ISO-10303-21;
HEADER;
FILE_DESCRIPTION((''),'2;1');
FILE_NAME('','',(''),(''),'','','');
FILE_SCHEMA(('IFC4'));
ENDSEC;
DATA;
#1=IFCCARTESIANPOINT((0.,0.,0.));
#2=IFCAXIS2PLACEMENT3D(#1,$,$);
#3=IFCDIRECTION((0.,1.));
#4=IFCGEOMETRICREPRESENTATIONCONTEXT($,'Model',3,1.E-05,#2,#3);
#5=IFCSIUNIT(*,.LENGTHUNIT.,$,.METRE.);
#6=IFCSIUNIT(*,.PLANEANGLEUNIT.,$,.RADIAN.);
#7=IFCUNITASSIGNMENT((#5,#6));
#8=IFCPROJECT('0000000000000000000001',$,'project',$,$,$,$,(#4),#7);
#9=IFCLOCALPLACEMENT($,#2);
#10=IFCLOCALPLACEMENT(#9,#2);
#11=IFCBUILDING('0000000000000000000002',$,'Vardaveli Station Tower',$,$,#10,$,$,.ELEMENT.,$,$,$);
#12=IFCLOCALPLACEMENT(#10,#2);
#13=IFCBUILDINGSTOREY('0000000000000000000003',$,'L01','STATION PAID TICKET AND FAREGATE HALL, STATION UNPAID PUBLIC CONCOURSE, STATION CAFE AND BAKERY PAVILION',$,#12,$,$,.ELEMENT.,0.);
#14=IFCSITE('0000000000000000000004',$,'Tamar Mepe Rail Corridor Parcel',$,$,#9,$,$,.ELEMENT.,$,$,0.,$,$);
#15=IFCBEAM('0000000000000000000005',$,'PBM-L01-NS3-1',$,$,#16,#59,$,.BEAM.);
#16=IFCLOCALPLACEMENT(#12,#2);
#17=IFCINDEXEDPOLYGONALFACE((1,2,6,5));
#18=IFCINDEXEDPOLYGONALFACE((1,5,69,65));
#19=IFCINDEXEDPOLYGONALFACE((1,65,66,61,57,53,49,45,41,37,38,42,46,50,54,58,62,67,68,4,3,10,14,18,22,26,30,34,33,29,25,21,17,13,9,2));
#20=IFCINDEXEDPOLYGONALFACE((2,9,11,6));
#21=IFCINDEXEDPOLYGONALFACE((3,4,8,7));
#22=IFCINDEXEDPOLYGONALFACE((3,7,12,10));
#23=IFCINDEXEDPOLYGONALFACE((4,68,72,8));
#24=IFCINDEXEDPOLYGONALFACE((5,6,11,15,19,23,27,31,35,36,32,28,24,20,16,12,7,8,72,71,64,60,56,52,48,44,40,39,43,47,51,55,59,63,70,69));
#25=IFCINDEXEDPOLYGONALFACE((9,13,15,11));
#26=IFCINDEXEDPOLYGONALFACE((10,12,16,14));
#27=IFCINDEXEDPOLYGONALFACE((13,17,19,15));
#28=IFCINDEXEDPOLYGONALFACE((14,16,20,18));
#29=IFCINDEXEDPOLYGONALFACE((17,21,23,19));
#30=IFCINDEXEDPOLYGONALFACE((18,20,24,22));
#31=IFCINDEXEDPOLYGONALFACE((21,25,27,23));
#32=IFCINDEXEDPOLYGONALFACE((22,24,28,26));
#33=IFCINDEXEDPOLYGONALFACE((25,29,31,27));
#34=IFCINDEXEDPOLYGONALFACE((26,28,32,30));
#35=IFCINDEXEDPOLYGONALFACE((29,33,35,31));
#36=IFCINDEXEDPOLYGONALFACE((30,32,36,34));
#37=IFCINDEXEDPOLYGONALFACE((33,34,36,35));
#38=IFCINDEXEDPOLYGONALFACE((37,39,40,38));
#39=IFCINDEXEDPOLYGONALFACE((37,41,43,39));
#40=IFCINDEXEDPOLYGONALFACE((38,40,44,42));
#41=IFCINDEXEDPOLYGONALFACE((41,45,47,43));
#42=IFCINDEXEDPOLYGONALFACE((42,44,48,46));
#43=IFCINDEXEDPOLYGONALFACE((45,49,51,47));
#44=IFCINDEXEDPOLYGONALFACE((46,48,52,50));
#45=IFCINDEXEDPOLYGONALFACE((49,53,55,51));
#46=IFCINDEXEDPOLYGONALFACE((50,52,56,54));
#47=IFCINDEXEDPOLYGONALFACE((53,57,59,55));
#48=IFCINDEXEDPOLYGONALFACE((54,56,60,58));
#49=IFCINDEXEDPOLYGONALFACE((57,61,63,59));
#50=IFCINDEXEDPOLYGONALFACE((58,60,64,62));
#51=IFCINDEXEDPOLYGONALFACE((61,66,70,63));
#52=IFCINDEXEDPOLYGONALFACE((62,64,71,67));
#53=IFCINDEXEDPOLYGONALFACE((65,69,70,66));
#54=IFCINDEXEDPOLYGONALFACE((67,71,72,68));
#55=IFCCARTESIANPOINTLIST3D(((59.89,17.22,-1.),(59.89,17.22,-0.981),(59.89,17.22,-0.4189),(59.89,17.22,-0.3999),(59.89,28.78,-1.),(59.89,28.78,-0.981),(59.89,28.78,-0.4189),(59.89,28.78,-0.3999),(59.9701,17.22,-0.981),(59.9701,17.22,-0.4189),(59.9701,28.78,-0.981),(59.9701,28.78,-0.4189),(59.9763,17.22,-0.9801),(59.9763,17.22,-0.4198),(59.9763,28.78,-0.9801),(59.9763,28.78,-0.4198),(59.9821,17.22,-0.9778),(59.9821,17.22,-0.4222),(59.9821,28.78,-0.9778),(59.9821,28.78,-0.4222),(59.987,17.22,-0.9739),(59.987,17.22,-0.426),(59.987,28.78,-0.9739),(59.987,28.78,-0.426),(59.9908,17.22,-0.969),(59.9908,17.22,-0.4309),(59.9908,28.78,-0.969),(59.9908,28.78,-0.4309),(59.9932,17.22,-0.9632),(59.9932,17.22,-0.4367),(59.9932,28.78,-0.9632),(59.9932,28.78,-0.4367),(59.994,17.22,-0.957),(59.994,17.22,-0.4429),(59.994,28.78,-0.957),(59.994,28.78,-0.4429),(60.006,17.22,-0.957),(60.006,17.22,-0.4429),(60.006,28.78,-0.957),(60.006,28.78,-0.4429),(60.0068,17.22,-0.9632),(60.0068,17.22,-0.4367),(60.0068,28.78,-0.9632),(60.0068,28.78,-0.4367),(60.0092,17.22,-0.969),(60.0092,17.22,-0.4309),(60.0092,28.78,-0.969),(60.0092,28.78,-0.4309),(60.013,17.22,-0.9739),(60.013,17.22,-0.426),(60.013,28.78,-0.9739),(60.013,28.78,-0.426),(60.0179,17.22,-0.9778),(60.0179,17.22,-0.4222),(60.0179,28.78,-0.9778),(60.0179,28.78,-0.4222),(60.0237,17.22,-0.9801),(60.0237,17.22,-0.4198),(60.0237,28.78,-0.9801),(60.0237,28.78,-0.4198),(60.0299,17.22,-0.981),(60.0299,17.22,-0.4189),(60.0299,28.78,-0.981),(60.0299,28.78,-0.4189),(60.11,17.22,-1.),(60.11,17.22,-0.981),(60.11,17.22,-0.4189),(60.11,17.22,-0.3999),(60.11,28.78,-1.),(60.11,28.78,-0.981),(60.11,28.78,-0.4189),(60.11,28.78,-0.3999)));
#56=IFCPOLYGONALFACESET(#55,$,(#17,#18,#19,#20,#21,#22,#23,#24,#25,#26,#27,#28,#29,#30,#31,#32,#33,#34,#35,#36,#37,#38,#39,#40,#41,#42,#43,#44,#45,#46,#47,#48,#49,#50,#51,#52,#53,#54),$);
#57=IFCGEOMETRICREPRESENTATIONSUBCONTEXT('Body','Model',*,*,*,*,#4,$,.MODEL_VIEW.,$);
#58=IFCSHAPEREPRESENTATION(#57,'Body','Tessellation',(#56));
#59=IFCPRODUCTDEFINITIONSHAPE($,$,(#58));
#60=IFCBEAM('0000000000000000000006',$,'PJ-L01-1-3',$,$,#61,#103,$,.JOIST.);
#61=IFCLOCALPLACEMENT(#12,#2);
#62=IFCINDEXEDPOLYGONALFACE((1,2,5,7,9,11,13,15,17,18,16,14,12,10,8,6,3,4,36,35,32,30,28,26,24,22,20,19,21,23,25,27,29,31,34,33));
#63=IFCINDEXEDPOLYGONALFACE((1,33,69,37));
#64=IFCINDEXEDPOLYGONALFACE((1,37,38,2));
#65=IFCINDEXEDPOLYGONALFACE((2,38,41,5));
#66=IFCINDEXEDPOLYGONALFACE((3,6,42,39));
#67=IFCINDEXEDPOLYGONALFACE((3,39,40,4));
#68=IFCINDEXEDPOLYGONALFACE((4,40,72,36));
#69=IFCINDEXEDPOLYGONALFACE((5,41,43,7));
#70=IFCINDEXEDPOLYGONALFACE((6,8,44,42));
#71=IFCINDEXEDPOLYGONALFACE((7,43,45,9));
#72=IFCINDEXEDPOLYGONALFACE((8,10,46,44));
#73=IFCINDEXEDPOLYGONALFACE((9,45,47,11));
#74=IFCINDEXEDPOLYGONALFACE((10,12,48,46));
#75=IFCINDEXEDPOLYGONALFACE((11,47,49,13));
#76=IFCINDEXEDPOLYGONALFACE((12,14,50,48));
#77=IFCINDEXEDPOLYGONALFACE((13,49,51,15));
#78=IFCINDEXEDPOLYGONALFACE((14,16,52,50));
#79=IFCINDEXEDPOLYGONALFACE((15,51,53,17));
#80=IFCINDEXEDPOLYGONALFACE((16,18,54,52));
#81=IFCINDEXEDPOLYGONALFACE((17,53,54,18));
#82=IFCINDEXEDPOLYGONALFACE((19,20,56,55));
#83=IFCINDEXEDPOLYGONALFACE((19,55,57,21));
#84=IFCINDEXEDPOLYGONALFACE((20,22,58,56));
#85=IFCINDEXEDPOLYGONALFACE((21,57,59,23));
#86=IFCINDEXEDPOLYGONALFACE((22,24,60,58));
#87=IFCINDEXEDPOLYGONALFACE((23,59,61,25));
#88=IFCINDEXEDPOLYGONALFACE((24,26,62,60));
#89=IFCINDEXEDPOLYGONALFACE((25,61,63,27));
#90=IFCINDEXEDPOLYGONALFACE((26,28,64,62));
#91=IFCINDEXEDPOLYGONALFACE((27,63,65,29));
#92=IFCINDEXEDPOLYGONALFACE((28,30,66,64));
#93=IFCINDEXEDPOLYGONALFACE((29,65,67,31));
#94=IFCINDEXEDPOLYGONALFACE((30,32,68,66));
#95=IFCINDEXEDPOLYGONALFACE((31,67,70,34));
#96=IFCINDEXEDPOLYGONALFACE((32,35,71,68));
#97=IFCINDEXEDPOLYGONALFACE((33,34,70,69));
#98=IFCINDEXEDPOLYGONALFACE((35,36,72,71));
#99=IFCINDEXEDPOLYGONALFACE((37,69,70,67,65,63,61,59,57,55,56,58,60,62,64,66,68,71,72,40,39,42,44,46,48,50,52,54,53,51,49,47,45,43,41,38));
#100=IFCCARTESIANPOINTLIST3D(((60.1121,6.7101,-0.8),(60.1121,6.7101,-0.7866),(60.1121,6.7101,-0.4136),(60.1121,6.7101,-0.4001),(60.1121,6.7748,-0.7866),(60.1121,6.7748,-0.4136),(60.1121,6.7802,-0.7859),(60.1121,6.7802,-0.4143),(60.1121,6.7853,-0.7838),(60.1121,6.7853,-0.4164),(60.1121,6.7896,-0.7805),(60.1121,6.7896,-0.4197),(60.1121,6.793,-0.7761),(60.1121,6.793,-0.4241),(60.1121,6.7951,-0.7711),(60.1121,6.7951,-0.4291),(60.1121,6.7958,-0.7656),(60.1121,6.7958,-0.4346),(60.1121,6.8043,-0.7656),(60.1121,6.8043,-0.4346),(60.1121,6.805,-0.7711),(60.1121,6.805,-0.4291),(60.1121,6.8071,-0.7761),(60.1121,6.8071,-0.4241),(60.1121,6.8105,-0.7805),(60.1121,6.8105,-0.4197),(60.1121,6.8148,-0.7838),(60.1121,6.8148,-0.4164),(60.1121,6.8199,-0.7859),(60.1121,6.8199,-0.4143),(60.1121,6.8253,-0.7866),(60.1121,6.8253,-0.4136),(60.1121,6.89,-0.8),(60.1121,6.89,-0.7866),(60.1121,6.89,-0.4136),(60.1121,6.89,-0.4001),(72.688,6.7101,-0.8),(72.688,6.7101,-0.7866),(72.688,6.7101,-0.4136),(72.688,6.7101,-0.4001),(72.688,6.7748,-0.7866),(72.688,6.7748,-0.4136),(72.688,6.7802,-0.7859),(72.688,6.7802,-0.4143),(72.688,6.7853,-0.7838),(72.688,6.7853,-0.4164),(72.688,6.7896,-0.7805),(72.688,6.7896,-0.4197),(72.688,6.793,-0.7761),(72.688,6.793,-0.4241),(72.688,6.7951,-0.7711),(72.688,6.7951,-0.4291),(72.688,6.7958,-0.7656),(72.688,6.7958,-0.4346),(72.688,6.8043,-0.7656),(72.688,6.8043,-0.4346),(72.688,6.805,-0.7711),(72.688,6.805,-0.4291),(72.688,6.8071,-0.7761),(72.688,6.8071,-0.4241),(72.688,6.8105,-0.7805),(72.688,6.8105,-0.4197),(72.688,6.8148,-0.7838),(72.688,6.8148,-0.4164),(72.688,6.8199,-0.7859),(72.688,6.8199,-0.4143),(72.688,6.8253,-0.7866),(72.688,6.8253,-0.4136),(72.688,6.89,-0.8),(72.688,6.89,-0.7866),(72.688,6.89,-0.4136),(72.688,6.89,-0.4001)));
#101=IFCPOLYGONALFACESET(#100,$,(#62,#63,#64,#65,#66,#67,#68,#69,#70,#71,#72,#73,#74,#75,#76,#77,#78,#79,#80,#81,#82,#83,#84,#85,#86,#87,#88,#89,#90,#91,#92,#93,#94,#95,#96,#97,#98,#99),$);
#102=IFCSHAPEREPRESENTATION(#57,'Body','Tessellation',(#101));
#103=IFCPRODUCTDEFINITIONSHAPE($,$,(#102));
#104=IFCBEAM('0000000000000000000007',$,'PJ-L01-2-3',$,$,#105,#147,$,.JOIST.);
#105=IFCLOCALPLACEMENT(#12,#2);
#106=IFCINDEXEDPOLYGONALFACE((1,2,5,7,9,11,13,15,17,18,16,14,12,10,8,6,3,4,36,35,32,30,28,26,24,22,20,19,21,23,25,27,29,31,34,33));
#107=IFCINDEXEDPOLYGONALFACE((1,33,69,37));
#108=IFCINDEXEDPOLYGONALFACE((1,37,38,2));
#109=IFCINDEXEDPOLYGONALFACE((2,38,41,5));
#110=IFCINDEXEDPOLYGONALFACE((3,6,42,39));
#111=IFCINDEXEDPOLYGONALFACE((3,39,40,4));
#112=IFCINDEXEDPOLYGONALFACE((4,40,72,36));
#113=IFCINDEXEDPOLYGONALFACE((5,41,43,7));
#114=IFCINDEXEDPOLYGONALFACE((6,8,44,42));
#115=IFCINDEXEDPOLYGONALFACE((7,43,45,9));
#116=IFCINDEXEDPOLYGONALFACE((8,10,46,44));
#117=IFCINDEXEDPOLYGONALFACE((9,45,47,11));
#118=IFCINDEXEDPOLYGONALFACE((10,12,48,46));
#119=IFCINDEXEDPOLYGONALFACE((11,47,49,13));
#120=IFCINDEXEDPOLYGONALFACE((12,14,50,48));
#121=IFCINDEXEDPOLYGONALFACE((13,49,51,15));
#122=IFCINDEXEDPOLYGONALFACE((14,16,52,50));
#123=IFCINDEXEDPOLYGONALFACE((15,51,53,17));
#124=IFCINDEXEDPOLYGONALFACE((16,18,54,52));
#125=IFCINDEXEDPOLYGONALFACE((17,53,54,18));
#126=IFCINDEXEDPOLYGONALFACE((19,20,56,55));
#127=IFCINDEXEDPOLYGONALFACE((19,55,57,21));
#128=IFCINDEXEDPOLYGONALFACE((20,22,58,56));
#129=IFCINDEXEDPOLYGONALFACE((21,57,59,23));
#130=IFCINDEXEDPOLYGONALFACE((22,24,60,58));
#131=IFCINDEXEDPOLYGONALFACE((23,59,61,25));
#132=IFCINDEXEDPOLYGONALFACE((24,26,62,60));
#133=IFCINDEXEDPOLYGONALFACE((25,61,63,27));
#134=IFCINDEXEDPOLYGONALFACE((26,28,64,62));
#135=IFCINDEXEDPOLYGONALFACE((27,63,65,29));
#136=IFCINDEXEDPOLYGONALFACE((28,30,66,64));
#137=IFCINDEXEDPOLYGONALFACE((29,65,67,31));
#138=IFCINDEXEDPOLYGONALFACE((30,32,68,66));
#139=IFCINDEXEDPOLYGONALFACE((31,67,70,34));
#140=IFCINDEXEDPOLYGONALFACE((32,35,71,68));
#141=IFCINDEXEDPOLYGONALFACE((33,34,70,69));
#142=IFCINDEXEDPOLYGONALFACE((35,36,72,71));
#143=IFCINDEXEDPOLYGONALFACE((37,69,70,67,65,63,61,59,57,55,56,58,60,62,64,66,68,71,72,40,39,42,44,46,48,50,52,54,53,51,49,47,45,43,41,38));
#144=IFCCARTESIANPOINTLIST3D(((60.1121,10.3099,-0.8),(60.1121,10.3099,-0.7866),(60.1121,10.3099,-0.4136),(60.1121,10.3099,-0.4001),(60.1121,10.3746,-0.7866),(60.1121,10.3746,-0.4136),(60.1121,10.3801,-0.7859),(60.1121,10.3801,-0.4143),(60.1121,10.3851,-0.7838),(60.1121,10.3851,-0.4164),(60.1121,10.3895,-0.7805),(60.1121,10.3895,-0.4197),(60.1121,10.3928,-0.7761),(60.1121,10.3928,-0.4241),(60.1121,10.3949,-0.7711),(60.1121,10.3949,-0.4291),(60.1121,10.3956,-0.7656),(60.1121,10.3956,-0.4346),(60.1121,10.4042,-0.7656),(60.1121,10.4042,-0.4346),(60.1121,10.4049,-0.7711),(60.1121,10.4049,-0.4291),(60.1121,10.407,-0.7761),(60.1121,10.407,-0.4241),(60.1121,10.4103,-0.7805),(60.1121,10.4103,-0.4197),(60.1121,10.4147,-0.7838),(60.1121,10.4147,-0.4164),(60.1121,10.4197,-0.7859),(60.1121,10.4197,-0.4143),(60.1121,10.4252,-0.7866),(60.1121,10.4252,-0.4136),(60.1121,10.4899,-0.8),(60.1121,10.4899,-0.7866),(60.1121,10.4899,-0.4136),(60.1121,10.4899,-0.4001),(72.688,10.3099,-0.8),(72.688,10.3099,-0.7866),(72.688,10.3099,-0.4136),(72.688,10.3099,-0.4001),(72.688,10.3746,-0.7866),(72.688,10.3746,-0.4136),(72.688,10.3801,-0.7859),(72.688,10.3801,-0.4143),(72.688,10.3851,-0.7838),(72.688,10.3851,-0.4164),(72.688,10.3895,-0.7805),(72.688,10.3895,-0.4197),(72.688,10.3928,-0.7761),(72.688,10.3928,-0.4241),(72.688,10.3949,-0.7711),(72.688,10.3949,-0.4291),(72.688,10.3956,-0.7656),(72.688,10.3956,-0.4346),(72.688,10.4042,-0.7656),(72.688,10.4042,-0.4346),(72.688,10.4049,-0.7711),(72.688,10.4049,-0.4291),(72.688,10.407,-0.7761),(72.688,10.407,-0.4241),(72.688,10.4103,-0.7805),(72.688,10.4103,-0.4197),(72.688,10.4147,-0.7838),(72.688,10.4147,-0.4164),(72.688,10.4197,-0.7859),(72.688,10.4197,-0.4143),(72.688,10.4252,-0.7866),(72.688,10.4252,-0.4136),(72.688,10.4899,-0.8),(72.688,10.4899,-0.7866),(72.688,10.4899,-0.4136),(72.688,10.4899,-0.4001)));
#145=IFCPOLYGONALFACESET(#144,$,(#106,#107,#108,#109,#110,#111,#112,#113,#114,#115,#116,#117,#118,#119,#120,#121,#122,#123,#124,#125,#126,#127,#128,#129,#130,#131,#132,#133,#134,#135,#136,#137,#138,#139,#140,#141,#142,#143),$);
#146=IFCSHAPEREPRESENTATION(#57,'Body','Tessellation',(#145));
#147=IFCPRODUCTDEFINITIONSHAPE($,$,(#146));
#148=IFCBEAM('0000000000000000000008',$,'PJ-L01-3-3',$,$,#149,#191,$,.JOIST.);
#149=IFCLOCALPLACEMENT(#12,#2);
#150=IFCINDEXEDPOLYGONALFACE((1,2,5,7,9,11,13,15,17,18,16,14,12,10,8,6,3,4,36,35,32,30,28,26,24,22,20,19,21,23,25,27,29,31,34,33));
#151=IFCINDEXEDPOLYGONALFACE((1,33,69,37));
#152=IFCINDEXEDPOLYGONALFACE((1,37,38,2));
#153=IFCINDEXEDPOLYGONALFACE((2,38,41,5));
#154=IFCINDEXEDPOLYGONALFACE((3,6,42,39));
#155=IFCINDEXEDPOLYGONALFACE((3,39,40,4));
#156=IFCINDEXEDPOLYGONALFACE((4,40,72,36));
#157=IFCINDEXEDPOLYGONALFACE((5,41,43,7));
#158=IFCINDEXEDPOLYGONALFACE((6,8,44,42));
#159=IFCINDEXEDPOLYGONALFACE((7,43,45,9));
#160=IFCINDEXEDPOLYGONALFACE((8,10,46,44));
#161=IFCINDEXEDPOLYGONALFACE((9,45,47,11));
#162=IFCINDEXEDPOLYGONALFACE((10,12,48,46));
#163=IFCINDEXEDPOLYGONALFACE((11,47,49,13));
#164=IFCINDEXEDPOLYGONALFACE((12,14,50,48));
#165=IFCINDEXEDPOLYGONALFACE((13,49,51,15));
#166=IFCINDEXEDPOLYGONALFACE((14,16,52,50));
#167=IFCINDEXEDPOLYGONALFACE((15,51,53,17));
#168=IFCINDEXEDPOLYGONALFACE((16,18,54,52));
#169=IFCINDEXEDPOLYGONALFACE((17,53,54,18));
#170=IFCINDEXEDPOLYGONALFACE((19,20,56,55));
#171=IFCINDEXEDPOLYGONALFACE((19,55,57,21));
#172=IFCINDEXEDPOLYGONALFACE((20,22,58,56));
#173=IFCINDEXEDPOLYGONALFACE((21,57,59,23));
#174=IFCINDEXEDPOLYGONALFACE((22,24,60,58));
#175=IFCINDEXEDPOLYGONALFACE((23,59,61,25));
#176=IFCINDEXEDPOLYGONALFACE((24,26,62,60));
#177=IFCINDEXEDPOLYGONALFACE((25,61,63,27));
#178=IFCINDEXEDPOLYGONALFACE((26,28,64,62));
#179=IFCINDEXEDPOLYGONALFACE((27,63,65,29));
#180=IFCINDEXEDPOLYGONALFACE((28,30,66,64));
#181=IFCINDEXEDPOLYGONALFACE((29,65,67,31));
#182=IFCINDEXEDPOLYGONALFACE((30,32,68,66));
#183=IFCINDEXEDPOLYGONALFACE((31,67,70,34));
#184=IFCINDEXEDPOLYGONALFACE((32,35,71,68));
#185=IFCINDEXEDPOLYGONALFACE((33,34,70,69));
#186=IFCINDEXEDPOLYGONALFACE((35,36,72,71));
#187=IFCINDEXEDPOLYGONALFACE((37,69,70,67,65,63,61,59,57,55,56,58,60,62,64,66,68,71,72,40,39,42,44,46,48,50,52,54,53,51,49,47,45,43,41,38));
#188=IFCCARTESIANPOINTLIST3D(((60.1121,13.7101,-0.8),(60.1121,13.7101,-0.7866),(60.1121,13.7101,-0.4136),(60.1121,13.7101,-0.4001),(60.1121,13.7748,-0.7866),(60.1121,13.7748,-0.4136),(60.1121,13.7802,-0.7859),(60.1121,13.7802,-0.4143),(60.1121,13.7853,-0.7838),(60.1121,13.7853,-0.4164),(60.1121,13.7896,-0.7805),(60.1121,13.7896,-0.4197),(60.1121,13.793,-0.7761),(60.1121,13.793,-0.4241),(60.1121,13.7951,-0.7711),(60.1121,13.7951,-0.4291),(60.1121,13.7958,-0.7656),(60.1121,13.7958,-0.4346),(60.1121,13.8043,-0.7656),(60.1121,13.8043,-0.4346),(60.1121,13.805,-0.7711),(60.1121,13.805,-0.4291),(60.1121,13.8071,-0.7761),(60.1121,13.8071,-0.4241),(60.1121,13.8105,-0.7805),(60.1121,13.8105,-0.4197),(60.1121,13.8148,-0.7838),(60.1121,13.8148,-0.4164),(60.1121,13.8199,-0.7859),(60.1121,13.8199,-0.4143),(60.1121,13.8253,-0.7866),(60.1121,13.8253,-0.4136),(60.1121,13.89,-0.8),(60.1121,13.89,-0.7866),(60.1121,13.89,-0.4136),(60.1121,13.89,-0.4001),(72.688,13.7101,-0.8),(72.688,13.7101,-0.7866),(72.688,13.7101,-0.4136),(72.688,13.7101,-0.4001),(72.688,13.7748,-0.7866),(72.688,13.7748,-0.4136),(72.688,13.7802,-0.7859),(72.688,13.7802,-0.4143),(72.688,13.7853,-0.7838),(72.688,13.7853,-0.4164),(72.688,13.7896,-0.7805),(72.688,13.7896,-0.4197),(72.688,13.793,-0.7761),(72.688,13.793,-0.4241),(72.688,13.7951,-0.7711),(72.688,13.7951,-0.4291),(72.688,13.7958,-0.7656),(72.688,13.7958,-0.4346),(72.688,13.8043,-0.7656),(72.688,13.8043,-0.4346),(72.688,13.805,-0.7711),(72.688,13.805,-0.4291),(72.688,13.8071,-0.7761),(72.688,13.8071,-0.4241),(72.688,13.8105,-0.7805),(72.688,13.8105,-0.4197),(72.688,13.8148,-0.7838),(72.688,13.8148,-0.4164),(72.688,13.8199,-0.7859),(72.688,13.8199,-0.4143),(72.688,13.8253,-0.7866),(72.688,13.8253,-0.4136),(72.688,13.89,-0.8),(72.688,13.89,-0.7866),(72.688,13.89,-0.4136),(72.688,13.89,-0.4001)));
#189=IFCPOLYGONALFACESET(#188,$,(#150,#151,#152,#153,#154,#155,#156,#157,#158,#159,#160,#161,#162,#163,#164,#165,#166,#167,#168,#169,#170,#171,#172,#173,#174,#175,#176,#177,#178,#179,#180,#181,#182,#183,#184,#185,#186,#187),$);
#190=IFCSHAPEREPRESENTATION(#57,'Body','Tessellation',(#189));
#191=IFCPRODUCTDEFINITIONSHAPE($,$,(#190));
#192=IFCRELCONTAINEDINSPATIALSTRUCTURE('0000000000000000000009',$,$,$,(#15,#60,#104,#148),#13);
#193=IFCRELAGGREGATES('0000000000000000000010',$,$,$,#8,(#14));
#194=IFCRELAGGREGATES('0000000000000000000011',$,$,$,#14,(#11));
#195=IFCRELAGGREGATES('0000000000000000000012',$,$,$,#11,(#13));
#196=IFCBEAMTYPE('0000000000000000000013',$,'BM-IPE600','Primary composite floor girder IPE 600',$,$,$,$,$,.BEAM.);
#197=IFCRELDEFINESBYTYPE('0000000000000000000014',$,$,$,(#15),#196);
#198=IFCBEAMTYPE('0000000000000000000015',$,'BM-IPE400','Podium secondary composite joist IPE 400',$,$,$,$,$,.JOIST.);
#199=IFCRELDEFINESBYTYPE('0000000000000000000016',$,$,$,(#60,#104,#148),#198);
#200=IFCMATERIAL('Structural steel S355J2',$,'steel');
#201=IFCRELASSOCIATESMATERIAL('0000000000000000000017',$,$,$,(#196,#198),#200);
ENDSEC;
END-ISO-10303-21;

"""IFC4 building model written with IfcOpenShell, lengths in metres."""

from ifc_helpers import new_model, si_unit, direction, frame, origin, origin_2d, place, context, subcontext, project, spatial, i_section, extrude, source, transform, mapped, material, material_profile, profile_set, type_object, element, save


model = new_model("IFC4")

# Units and contexts
model_context = context("Model", 3, precision=1e-05, world=origin(), true_north=direction((0.0, 1.0)))
body_context = subcontext(model_context, "Body", "Model", "MODEL_VIEW")
ifc_project = project(units=[si_unit("LENGTHUNIT", "METRE"), si_unit("PLANEANGLEUNIT", "RADIAN")], contexts=[model_context])

# Site, building, storey
site_placement = place(None, origin())
site = spatial("IfcSite", under=ifc_project, at=site_placement, Name="Tamar Mepe Rail Corridor Parcel", CompositionType="ELEMENT", RefElevation=0.0)
building_placement = place(site_placement, origin())
building = spatial("IfcBuilding", under=site, at=building_placement, Name="Vardaveli Station Tower", CompositionType="ELEMENT")
storey_placement = place(building_placement, origin())
storey = spatial("IfcBuildingStorey", under=building, at=storey_placement, Name="L01", Description="STATION PAID TICKET AND FAREGATE HALL, STATION UNPAID PUBLIC CONCOURSE, STATION CAFE AND BAKERY PAVILION", CompositionType="ELEMENT", Elevation=0.0)

# Beams
ifc_material_1 = material(Name="Structural steel S355J2", Category="steel")
ifc_material_profile_1 = material_profile(ifc_material_1, i_section(OverallWidth=0.22, OverallDepth=0.6001, WebThickness=0.012, FlangeThickness=0.019, FilletRadius=0.0239, at=origin_2d()), Name="IPE 600")
ifc_profile_set_1 = profile_set([ifc_material_profile_1], Name="Structural steel S355J2")
beam_type_1 = type_object("IfcBeamType", Name="BM-IPE600", Description="Primary composite floor girder IPE 600", PredefinedType="BEAM", material=ifc_profile_set_1)
shared_shape_1 = source(origin(), body_context, "Body", "SweptSolid", [
    extrude(i_section(OverallWidth=0.22, OverallDepth=0.6001, WebThickness=0.012, FlangeThickness=0.019, FilletRadius=0.0239, at=origin_2d()), origin(), (0.0, 0.0, 1.0), 11.5601),
])
beam_1_placement = place(storey_placement, frame((60.0, 17.22, -0.7), z_axis=(0.0, 1.0, 0.0), x_axis=(-1.0, 0.0, 0.0)))
element("IfcBeam", 1, at=beam_1_placement, inside=storey, type_object=beam_type_1, Name="PBM-L01-NS3-1", PredefinedType="BEAM", context=body_context, shape_type="MappedRepresentation", body=[
    mapped(shared_shape_1, transform((0.0, 0.0, 0.0), scale=1.0)),
])
ifc_material_profile_2 = material_profile(ifc_material_1, i_section(OverallWidth=0.1799, OverallDepth=0.3999, WebThickness=0.0085, FlangeThickness=0.0134, FilletRadius=0.021, at=origin_2d()), Name="IPE 400")
ifc_profile_set_2 = profile_set([ifc_material_profile_2], Name="Structural steel S355J2")
beam_type_2 = type_object("IfcBeamType", Name="BM-IPE400", Description="Podium secondary composite joist IPE 400", PredefinedType="JOIST", material=ifc_profile_set_2)
shared_shape_2 = source(origin(), body_context, "Body", "SweptSolid", [
    extrude(i_section(OverallWidth=0.1799, OverallDepth=0.3999, WebThickness=0.0085, FlangeThickness=0.0134, FilletRadius=0.021, at=origin_2d()), origin(), (0.0, 0.0, 1.0), 12.5759),
])
for number, where, z_axis, x_axis, name in (
    (2, (60.1121, 6.8, -0.6001), (1.0, 0.0, 0.0), (0.0, 1.0, 0.0), "PJ-L01-1-3"),
    (3, (60.1121, 10.3999, -0.6001), (1.0, 0.0, 0.0), (0.0, 1.0, 0.0), "PJ-L01-2-3"),
    (4, (60.1121, 13.8, -0.6001), (1.0, 0.0, 0.0), (0.0, 1.0, 0.0), "PJ-L01-3-3"),
):
    element("IfcBeam", number, at=place(storey_placement, frame(where, z_axis=z_axis, x_axis=x_axis)), inside=storey, type_object=beam_type_2, Name=name, PredefinedType="JOIST", context=body_context, shape_type="MappedRepresentation", body=[
        mapped(shared_shape_2, transform((0.0, 0.0, 0.0), scale=1.0)),
    ])

save(model, "model.ifc")
